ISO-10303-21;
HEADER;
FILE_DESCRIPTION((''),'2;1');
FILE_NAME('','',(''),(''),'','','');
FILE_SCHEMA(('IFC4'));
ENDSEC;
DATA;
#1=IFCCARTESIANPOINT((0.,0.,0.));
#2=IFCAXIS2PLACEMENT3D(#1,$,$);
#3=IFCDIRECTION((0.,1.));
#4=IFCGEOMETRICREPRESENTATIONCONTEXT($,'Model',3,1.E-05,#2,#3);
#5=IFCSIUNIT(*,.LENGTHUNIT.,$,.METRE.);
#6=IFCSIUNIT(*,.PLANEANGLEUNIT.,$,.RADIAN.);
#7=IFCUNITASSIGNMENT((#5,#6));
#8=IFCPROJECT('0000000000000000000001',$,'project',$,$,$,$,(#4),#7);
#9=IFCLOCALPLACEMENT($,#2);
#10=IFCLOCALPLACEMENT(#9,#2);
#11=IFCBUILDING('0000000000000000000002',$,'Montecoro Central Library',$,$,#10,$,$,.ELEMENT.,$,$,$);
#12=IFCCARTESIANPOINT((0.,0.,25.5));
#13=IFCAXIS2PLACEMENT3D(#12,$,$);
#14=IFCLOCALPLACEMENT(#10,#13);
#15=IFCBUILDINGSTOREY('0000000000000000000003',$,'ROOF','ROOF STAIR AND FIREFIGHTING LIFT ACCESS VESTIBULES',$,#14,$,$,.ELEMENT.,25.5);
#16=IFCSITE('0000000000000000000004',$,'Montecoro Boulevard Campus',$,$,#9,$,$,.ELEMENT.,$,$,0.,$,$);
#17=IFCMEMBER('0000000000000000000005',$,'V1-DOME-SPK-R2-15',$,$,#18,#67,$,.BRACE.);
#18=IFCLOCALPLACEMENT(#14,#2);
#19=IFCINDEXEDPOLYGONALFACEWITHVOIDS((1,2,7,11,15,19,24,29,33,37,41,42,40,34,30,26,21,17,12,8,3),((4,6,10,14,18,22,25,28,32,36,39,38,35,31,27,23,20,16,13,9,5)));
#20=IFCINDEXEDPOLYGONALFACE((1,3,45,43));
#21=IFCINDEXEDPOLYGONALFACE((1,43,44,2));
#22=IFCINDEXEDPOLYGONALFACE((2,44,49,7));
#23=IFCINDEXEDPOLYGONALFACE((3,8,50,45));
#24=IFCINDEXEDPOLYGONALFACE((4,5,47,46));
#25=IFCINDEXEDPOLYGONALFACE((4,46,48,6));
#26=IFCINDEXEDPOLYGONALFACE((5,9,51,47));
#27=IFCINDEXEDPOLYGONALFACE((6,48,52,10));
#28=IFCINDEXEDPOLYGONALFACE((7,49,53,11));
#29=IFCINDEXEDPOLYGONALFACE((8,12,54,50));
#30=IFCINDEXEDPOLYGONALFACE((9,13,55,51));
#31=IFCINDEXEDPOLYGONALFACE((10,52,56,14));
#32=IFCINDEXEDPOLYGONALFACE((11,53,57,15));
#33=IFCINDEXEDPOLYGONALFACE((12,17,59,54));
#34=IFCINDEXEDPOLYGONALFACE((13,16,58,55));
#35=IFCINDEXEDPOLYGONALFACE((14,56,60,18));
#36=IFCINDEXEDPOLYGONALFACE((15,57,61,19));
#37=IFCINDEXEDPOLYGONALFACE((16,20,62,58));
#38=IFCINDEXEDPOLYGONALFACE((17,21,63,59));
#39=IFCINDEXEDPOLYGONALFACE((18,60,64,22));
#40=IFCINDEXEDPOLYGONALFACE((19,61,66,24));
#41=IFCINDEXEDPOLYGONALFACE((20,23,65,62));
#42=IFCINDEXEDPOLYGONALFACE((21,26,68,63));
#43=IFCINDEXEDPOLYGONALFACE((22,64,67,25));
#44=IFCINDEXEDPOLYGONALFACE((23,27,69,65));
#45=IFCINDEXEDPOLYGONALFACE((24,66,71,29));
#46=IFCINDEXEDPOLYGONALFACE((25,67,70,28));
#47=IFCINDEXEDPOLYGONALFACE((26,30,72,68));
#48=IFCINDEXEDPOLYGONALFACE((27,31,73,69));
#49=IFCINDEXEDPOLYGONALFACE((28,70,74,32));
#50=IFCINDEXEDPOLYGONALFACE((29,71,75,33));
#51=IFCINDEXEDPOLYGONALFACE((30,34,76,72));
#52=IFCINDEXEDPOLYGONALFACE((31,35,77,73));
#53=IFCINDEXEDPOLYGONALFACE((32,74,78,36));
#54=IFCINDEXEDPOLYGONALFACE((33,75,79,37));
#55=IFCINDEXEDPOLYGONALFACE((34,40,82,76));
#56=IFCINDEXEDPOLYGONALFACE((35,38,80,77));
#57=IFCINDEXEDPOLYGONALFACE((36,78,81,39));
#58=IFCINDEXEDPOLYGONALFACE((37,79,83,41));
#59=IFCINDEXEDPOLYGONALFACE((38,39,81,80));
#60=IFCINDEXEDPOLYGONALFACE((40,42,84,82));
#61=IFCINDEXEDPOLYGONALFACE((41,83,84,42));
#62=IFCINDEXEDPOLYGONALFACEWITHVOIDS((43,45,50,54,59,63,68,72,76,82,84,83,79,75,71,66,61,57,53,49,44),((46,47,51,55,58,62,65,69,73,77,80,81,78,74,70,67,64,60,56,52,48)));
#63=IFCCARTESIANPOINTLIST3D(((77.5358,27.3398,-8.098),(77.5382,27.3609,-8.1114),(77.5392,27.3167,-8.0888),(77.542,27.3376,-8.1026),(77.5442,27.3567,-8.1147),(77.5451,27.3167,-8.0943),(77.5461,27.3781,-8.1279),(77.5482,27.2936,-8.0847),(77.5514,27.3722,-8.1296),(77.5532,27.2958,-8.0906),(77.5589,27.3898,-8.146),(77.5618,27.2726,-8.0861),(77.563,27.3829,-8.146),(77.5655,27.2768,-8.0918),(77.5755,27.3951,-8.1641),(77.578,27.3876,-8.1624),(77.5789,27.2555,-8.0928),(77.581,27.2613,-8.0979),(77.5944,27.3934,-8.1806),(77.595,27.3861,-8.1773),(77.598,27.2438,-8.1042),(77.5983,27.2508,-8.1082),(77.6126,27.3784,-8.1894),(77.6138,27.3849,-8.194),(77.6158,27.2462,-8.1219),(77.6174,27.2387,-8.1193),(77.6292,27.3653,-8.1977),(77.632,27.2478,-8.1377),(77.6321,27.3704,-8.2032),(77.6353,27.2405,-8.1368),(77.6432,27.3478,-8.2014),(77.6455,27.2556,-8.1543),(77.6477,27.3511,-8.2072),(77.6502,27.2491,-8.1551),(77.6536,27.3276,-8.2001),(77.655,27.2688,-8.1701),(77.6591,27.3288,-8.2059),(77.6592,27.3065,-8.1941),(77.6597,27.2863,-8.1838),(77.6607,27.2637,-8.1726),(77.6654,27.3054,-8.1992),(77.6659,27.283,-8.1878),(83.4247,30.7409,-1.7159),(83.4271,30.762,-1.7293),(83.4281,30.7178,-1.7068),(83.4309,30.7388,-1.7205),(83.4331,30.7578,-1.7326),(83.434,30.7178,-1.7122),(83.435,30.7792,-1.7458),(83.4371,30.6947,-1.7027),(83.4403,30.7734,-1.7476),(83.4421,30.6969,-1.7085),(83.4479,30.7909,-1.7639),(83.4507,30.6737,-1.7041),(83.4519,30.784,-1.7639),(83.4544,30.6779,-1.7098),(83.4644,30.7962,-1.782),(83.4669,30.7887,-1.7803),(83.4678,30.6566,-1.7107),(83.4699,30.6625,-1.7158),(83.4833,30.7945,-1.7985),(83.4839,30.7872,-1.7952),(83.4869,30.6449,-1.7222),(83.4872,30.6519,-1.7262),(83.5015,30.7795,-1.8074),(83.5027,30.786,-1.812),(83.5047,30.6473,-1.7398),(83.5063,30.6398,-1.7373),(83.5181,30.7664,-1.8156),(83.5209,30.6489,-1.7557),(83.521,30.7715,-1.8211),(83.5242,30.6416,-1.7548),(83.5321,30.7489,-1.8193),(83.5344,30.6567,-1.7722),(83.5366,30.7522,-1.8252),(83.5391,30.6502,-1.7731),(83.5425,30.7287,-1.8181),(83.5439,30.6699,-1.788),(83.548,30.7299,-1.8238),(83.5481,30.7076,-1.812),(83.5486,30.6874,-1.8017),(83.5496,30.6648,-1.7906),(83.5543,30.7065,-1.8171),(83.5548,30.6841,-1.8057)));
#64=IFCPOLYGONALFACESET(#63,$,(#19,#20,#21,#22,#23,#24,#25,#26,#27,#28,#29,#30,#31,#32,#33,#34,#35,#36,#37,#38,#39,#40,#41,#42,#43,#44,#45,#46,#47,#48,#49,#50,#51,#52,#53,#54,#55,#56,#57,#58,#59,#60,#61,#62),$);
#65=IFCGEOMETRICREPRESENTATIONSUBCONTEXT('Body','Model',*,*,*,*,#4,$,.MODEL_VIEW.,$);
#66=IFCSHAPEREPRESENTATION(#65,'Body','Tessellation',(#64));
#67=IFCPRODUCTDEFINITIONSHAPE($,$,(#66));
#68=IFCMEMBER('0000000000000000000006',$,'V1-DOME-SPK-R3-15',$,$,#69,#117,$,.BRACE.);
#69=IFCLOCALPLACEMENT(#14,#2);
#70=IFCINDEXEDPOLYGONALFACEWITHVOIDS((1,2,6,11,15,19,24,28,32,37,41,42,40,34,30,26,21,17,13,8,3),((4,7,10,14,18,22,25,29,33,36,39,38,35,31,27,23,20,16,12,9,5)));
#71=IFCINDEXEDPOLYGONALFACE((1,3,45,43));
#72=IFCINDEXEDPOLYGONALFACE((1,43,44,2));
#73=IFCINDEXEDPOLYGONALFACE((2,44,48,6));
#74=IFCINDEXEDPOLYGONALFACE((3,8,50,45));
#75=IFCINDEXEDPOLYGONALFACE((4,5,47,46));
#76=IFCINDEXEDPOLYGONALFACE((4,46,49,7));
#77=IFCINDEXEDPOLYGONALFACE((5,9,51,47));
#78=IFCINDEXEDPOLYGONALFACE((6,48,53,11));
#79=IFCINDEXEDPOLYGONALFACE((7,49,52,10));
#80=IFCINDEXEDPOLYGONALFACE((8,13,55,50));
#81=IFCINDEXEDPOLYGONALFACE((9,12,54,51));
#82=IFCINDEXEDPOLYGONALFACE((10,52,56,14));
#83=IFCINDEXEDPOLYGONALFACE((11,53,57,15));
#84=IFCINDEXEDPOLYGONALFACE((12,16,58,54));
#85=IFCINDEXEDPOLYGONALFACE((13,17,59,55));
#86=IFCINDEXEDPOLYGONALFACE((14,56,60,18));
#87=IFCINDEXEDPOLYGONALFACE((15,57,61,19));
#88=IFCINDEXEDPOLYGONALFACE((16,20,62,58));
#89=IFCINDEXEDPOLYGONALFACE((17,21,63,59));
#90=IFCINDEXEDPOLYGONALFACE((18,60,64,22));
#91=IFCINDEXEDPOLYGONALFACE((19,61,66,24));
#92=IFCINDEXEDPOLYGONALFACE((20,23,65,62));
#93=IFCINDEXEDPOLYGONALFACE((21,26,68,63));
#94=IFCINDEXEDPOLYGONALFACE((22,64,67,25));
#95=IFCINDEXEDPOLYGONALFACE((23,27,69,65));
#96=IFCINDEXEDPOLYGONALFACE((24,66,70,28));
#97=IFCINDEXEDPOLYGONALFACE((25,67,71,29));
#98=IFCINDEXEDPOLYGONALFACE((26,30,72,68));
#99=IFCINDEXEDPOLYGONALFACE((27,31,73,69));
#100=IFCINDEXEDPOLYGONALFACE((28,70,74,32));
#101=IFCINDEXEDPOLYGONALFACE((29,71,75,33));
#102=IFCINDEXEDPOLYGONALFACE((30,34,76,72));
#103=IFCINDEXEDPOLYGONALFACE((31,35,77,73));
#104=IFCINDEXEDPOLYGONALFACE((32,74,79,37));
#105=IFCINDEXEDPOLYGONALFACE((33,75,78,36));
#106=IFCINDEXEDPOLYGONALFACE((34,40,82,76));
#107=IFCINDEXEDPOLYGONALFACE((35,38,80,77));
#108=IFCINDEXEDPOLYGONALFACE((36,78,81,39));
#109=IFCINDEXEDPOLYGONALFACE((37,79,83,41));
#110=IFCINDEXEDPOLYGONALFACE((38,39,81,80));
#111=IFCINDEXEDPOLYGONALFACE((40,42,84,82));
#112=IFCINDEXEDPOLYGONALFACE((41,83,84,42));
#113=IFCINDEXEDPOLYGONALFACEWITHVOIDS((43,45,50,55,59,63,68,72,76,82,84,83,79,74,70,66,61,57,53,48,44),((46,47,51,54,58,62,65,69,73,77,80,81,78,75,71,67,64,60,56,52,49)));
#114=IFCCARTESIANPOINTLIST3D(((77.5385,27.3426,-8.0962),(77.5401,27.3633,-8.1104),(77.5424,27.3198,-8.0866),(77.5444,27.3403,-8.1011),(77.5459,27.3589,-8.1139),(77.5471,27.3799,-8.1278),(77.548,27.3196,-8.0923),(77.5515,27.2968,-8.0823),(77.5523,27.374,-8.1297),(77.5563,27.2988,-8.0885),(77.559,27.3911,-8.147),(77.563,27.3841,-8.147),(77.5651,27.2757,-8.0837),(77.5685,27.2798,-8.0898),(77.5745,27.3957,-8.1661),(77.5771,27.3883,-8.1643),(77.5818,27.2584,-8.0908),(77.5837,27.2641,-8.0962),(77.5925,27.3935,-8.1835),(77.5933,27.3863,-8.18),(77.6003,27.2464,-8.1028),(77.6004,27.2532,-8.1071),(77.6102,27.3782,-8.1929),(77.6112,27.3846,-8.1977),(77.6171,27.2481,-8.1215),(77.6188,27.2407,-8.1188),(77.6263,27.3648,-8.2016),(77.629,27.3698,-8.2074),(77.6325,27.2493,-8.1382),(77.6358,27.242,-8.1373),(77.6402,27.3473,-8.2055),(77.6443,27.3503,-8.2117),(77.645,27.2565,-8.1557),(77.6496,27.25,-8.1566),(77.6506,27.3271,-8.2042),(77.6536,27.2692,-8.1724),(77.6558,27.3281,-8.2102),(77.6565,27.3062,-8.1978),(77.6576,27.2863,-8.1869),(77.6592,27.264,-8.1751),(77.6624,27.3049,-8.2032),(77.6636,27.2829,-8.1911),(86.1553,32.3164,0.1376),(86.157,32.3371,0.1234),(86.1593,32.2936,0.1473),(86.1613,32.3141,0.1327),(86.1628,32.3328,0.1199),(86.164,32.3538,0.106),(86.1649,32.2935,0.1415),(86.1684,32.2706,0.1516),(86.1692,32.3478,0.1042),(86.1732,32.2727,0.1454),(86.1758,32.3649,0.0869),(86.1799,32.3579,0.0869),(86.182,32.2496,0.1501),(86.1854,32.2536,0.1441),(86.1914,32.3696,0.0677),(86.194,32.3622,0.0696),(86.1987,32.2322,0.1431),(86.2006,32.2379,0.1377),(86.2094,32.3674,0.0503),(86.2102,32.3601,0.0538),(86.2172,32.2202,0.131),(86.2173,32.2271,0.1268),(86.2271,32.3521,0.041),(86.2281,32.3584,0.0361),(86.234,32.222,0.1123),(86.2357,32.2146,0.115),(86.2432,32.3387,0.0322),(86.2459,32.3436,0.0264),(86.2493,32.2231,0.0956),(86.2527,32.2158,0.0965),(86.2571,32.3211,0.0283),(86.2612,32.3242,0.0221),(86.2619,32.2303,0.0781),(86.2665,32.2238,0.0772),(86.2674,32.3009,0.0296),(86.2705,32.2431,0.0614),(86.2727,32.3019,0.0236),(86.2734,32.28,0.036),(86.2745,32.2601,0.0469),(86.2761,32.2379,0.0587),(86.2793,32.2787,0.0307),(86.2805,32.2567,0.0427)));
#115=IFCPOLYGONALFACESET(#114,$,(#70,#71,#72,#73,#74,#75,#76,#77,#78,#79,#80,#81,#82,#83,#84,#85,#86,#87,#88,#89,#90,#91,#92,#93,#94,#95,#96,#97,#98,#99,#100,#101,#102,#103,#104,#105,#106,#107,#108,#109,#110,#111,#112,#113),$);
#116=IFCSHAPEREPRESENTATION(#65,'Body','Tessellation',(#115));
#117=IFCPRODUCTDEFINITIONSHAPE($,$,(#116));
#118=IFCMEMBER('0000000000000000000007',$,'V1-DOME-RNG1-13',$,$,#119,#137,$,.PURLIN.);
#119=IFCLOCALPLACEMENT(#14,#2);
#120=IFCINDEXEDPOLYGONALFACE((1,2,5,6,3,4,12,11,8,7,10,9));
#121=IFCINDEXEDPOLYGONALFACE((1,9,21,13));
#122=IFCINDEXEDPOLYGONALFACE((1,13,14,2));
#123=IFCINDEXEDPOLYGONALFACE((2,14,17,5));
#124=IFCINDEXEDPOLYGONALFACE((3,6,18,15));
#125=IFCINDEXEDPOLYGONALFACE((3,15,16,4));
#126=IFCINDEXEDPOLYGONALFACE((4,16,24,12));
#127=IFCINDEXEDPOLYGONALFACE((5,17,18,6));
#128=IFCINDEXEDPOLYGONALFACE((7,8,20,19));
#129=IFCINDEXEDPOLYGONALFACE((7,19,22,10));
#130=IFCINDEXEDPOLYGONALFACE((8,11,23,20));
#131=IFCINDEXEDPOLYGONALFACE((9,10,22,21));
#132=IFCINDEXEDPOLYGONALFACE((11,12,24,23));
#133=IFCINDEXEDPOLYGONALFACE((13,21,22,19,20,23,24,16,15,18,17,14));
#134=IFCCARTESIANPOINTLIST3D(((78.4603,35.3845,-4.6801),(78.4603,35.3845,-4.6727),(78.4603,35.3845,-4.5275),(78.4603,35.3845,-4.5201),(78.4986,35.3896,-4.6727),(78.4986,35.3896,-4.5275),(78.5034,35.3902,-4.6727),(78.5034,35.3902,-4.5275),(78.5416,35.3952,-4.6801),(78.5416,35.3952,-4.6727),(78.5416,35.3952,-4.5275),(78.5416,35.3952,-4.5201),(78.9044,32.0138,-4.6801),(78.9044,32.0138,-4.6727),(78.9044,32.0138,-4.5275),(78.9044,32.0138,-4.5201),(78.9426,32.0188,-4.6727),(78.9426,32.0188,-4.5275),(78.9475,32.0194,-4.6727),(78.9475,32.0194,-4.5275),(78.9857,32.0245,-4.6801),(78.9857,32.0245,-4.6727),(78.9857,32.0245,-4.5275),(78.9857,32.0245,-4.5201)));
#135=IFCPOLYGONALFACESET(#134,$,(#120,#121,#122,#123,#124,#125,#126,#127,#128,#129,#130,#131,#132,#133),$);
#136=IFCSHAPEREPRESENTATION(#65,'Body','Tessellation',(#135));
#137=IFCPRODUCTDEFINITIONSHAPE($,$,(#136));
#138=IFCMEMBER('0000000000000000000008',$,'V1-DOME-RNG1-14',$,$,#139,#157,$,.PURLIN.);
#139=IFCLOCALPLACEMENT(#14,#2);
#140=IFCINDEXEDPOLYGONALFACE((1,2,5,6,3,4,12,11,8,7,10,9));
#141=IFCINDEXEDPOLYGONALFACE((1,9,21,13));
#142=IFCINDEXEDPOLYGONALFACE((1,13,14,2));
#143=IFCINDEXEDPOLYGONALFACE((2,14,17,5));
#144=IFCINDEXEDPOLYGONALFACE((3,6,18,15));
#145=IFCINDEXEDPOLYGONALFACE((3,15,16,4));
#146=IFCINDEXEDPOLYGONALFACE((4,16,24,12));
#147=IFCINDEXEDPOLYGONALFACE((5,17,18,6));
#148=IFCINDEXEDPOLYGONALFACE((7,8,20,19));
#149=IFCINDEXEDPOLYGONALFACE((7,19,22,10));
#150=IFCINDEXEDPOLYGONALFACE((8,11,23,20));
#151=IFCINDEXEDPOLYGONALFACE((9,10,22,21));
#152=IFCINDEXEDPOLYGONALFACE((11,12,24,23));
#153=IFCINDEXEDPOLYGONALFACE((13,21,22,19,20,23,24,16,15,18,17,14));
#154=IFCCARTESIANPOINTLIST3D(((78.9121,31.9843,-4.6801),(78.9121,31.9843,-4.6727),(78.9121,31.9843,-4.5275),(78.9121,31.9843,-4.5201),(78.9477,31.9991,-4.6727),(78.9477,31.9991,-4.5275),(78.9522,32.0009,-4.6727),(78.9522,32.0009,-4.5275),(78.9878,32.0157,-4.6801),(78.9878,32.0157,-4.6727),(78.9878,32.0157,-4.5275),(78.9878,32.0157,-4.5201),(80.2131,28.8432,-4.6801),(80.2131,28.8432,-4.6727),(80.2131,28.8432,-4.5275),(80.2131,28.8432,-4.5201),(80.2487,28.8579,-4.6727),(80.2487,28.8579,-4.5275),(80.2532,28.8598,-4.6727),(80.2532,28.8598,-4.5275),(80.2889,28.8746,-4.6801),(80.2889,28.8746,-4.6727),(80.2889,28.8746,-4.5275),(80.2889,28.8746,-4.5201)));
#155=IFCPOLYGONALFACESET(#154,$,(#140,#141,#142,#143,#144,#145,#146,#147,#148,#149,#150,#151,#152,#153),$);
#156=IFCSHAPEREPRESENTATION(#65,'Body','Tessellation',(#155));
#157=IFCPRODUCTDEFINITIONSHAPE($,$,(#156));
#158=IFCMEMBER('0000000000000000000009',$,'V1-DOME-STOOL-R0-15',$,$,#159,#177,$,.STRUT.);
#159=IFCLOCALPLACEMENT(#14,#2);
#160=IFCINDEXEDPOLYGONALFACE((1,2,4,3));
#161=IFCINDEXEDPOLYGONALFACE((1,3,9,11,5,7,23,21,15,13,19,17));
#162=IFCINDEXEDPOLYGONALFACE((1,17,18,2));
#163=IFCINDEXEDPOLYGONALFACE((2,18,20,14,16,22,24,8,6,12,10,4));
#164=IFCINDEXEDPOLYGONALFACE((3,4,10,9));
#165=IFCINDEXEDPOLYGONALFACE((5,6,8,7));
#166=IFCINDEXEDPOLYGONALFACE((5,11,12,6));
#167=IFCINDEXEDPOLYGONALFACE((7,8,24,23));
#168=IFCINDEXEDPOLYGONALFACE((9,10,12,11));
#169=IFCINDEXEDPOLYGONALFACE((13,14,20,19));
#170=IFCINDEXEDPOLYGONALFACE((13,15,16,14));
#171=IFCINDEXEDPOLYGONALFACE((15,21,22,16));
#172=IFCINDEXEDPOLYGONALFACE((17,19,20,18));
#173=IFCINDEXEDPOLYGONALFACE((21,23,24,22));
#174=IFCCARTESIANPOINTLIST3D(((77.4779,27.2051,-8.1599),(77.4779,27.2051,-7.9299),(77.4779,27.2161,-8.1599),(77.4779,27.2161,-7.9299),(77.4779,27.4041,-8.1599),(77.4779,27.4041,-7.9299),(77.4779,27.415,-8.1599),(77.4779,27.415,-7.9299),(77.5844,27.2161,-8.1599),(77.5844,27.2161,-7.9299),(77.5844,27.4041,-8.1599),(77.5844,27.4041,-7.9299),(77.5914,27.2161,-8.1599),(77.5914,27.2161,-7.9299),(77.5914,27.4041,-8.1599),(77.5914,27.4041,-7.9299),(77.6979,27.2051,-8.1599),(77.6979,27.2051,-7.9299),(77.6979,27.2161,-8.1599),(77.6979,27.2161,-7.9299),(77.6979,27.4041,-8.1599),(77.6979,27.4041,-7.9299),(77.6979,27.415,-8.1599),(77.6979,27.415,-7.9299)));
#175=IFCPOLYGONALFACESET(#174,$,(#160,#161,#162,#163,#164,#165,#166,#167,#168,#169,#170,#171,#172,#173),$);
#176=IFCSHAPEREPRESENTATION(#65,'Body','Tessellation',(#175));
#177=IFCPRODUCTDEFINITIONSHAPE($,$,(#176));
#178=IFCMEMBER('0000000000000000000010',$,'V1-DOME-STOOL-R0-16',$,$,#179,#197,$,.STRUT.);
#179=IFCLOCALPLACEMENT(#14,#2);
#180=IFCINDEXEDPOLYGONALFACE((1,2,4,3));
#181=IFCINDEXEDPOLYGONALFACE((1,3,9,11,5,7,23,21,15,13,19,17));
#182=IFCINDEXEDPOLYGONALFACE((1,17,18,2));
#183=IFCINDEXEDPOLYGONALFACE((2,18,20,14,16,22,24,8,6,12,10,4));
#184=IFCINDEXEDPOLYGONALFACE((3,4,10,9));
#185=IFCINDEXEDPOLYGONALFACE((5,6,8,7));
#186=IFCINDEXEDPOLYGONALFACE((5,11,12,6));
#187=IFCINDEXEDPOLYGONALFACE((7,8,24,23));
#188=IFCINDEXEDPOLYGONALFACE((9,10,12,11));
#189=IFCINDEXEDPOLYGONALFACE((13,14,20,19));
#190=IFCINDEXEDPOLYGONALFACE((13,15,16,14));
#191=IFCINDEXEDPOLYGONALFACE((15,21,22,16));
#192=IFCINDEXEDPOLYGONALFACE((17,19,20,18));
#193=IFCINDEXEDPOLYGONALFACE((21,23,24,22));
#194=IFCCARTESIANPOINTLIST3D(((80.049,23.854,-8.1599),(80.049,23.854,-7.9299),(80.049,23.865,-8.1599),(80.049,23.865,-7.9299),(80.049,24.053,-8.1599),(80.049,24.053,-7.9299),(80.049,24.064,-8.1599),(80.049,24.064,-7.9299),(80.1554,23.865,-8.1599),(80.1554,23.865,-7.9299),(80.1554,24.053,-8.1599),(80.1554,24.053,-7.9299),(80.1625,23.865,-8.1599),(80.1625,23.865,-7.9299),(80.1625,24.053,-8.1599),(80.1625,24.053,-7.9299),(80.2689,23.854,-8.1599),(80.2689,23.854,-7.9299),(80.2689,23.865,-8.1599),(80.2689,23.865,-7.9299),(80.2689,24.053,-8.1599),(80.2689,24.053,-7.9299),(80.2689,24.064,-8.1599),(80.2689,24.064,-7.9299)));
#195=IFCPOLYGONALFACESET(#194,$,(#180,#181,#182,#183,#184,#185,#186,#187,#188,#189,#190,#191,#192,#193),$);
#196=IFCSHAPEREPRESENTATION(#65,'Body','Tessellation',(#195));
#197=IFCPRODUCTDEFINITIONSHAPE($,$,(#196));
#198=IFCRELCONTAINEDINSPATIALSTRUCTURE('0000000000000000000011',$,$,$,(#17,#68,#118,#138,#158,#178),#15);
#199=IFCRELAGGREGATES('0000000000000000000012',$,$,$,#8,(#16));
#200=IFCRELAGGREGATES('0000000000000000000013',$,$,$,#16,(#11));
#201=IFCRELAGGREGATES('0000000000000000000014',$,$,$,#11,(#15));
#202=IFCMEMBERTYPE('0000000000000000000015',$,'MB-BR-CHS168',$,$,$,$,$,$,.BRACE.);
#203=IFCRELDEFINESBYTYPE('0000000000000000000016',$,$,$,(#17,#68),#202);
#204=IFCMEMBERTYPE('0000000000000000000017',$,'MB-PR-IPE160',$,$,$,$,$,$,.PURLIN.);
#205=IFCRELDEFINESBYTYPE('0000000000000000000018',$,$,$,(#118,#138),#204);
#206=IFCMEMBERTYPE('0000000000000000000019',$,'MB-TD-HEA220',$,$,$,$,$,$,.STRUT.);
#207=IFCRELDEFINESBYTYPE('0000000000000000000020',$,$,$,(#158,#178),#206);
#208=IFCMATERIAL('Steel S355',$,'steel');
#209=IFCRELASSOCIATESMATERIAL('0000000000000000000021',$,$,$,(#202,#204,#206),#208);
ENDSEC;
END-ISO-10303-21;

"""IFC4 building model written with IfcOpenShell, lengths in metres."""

from ifc_helpers import new_model, si_unit, direction, frame, origin, origin_2d, place, context, subcontext, project, spatial, hollow_circle, i_section, extrude, material, material_profile, profile_set, type_object, element, save


model = new_model("IFC4")

# Units and contexts
model_context = context("Model", 3, precision=1e-05, world=origin(), true_north=direction((0.0, 1.0)))
body_context = subcontext(model_context, "Body", "Model", "MODEL_VIEW")
ifc_project = project(units=[si_unit("LENGTHUNIT", "METRE"), si_unit("PLANEANGLEUNIT", "RADIAN")], contexts=[model_context])

# Site, building, storey
site_placement = place(None, origin())
site = spatial("IfcSite", under=ifc_project, at=site_placement, Name="Montecoro Boulevard Campus", CompositionType="ELEMENT", RefElevation=0.0)
building_placement = place(site_placement, origin())
building = spatial("IfcBuilding", under=site, at=building_placement, Name="Montecoro Central Library", CompositionType="ELEMENT")
storey_placement = place(building_placement, frame((0.0, 0.0, 25.5)))
storey = spatial("IfcBuildingStorey", under=building, at=storey_placement, Name="ROOF", Description="ROOF STAIR AND FIREFIGHTING LIFT ACCESS VESTIBULES", CompositionType="ELEMENT", Elevation=25.5)

# Members
ifc_material_1 = material(Name="Steel S355", Category="steel")
ifc_material_profile_1 = material_profile(ifc_material_1, hollow_circle(Radius=0.0842, WallThickness=0.0081, at=origin_2d()), Name="CHS 168.3x8.0")
ifc_profile_set_1 = profile_set([ifc_material_profile_1], Name="Steel S355")
member_type_1 = type_object("IfcMemberType", Name="MB-BR-CHS168", PredefinedType="BRACE", material=ifc_profile_set_1)
member_1_placement = place(storey_placement, frame((77.6011, 27.3169, -8.146), z_axis=(0.631438, 0.364685, 0.684318), x_axis=(-0.500127, 0.865952, 0.0)))
element("IfcMember", 1, at=member_1_placement, inside=storey, type_object=member_type_1, Name="V1-DOME-SPK-R2-15", PredefinedType="BRACE", context=body_context, shape_type="SweptSolid", body=[
    extrude(hollow_circle(Radius=0.0842, WallThickness=0.0081, at=origin_2d()), origin(), (0.0, 0.0, 1.0), 9.3262),
])
member_2_placement = place(storey_placement, frame((77.6011, 27.3181, -8.147), z_axis=(0.667223, 0.385135, 0.637562), x_axis=(-0.499916, 0.866074, 0.0)))
element("IfcMember", 2, at=member_2_placement, inside=storey, type_object=member_type_1, Name="V1-DOME-SPK-R3-15", PredefinedType="BRACE", context=body_context, shape_type="SweptSolid", body=[
    extrude(hollow_circle(Radius=0.0842, WallThickness=0.0081, at=origin_2d()), origin(), (0.0, 0.0, 1.0), 12.9146),
])
ifc_material_profile_2 = material_profile(ifc_material_1, i_section(OverallWidth=0.082, OverallDepth=0.1599, WebThickness=0.0049, FlangeThickness=0.0073, at=origin_2d()), Name="IPE 160")
ifc_profile_set_2 = profile_set([ifc_material_profile_2], Name="Steel S355")
member_type_2 = type_object("IfcMemberType", Name="MB-PR-IPE160", PredefinedType="PURLIN", material=ifc_profile_set_2)
for number, where, z_axis, x_axis, name in (
    (3, (78.501, 35.3899, -4.6001), (0.130616, -0.991433, 0.0), (0.991433, 0.130616, 0.0), "V1-DOME-RNG1-13"),
    (4, (78.95, 32.0, -4.6001), (0.382667, -0.923886, 0.0), (0.923886, 0.382667, 0.0), "V1-DOME-RNG1-14"),
):
    element("IfcMember", number, at=place(storey_placement, frame(where, z_axis=z_axis, x_axis=x_axis)), inside=storey, type_object=member_type_2, Name=name, PredefinedType="PURLIN", context=body_context, shape_type="SweptSolid", body=[
        extrude(i_section(OverallWidth=0.082, OverallDepth=0.1599, WebThickness=0.0049, FlangeThickness=0.0073, at=origin_2d()), origin(), (0.0, 0.0, 1.0), 3.3999),
    ])
ifc_material_profile_3 = material_profile(ifc_material_1, i_section(OverallWidth=0.22, OverallDepth=0.21, WebThickness=0.0071, FlangeThickness=0.011, at=origin_2d()), Name="HEA 220")
ifc_profile_set_3 = profile_set([ifc_material_profile_3], Name="Steel S355")
member_type_3 = type_object("IfcMemberType", Name="MB-TD-HEA220", PredefinedType="STRUT", material=ifc_profile_set_3)
for number, where, z_axis, x_axis, name in (
    (5, (77.5879, 27.3101, -8.1599), (0.0, 0.0, 1.0), (1.0, 0.0, 0.0), "V1-DOME-STOOL-R0-15"),
    (6, (80.1589, 23.959, -8.1599), (0.0, 0.0, 1.0), (1.0, 0.0, 0.0), "V1-DOME-STOOL-R0-16"),
):
    element("IfcMember", number, at=place(storey_placement, frame(where, z_axis=z_axis, x_axis=x_axis)), inside=storey, type_object=member_type_3, Name=name, PredefinedType="STRUT", context=body_context, shape_type="SweptSolid", body=[
        extrude(i_section(OverallWidth=0.22, OverallDepth=0.21, WebThickness=0.0071, FlangeThickness=0.011, at=origin_2d()), origin(), (0.0, 0.0, 1.0), 0.23),
    ])

save(model, "model.ifc")
